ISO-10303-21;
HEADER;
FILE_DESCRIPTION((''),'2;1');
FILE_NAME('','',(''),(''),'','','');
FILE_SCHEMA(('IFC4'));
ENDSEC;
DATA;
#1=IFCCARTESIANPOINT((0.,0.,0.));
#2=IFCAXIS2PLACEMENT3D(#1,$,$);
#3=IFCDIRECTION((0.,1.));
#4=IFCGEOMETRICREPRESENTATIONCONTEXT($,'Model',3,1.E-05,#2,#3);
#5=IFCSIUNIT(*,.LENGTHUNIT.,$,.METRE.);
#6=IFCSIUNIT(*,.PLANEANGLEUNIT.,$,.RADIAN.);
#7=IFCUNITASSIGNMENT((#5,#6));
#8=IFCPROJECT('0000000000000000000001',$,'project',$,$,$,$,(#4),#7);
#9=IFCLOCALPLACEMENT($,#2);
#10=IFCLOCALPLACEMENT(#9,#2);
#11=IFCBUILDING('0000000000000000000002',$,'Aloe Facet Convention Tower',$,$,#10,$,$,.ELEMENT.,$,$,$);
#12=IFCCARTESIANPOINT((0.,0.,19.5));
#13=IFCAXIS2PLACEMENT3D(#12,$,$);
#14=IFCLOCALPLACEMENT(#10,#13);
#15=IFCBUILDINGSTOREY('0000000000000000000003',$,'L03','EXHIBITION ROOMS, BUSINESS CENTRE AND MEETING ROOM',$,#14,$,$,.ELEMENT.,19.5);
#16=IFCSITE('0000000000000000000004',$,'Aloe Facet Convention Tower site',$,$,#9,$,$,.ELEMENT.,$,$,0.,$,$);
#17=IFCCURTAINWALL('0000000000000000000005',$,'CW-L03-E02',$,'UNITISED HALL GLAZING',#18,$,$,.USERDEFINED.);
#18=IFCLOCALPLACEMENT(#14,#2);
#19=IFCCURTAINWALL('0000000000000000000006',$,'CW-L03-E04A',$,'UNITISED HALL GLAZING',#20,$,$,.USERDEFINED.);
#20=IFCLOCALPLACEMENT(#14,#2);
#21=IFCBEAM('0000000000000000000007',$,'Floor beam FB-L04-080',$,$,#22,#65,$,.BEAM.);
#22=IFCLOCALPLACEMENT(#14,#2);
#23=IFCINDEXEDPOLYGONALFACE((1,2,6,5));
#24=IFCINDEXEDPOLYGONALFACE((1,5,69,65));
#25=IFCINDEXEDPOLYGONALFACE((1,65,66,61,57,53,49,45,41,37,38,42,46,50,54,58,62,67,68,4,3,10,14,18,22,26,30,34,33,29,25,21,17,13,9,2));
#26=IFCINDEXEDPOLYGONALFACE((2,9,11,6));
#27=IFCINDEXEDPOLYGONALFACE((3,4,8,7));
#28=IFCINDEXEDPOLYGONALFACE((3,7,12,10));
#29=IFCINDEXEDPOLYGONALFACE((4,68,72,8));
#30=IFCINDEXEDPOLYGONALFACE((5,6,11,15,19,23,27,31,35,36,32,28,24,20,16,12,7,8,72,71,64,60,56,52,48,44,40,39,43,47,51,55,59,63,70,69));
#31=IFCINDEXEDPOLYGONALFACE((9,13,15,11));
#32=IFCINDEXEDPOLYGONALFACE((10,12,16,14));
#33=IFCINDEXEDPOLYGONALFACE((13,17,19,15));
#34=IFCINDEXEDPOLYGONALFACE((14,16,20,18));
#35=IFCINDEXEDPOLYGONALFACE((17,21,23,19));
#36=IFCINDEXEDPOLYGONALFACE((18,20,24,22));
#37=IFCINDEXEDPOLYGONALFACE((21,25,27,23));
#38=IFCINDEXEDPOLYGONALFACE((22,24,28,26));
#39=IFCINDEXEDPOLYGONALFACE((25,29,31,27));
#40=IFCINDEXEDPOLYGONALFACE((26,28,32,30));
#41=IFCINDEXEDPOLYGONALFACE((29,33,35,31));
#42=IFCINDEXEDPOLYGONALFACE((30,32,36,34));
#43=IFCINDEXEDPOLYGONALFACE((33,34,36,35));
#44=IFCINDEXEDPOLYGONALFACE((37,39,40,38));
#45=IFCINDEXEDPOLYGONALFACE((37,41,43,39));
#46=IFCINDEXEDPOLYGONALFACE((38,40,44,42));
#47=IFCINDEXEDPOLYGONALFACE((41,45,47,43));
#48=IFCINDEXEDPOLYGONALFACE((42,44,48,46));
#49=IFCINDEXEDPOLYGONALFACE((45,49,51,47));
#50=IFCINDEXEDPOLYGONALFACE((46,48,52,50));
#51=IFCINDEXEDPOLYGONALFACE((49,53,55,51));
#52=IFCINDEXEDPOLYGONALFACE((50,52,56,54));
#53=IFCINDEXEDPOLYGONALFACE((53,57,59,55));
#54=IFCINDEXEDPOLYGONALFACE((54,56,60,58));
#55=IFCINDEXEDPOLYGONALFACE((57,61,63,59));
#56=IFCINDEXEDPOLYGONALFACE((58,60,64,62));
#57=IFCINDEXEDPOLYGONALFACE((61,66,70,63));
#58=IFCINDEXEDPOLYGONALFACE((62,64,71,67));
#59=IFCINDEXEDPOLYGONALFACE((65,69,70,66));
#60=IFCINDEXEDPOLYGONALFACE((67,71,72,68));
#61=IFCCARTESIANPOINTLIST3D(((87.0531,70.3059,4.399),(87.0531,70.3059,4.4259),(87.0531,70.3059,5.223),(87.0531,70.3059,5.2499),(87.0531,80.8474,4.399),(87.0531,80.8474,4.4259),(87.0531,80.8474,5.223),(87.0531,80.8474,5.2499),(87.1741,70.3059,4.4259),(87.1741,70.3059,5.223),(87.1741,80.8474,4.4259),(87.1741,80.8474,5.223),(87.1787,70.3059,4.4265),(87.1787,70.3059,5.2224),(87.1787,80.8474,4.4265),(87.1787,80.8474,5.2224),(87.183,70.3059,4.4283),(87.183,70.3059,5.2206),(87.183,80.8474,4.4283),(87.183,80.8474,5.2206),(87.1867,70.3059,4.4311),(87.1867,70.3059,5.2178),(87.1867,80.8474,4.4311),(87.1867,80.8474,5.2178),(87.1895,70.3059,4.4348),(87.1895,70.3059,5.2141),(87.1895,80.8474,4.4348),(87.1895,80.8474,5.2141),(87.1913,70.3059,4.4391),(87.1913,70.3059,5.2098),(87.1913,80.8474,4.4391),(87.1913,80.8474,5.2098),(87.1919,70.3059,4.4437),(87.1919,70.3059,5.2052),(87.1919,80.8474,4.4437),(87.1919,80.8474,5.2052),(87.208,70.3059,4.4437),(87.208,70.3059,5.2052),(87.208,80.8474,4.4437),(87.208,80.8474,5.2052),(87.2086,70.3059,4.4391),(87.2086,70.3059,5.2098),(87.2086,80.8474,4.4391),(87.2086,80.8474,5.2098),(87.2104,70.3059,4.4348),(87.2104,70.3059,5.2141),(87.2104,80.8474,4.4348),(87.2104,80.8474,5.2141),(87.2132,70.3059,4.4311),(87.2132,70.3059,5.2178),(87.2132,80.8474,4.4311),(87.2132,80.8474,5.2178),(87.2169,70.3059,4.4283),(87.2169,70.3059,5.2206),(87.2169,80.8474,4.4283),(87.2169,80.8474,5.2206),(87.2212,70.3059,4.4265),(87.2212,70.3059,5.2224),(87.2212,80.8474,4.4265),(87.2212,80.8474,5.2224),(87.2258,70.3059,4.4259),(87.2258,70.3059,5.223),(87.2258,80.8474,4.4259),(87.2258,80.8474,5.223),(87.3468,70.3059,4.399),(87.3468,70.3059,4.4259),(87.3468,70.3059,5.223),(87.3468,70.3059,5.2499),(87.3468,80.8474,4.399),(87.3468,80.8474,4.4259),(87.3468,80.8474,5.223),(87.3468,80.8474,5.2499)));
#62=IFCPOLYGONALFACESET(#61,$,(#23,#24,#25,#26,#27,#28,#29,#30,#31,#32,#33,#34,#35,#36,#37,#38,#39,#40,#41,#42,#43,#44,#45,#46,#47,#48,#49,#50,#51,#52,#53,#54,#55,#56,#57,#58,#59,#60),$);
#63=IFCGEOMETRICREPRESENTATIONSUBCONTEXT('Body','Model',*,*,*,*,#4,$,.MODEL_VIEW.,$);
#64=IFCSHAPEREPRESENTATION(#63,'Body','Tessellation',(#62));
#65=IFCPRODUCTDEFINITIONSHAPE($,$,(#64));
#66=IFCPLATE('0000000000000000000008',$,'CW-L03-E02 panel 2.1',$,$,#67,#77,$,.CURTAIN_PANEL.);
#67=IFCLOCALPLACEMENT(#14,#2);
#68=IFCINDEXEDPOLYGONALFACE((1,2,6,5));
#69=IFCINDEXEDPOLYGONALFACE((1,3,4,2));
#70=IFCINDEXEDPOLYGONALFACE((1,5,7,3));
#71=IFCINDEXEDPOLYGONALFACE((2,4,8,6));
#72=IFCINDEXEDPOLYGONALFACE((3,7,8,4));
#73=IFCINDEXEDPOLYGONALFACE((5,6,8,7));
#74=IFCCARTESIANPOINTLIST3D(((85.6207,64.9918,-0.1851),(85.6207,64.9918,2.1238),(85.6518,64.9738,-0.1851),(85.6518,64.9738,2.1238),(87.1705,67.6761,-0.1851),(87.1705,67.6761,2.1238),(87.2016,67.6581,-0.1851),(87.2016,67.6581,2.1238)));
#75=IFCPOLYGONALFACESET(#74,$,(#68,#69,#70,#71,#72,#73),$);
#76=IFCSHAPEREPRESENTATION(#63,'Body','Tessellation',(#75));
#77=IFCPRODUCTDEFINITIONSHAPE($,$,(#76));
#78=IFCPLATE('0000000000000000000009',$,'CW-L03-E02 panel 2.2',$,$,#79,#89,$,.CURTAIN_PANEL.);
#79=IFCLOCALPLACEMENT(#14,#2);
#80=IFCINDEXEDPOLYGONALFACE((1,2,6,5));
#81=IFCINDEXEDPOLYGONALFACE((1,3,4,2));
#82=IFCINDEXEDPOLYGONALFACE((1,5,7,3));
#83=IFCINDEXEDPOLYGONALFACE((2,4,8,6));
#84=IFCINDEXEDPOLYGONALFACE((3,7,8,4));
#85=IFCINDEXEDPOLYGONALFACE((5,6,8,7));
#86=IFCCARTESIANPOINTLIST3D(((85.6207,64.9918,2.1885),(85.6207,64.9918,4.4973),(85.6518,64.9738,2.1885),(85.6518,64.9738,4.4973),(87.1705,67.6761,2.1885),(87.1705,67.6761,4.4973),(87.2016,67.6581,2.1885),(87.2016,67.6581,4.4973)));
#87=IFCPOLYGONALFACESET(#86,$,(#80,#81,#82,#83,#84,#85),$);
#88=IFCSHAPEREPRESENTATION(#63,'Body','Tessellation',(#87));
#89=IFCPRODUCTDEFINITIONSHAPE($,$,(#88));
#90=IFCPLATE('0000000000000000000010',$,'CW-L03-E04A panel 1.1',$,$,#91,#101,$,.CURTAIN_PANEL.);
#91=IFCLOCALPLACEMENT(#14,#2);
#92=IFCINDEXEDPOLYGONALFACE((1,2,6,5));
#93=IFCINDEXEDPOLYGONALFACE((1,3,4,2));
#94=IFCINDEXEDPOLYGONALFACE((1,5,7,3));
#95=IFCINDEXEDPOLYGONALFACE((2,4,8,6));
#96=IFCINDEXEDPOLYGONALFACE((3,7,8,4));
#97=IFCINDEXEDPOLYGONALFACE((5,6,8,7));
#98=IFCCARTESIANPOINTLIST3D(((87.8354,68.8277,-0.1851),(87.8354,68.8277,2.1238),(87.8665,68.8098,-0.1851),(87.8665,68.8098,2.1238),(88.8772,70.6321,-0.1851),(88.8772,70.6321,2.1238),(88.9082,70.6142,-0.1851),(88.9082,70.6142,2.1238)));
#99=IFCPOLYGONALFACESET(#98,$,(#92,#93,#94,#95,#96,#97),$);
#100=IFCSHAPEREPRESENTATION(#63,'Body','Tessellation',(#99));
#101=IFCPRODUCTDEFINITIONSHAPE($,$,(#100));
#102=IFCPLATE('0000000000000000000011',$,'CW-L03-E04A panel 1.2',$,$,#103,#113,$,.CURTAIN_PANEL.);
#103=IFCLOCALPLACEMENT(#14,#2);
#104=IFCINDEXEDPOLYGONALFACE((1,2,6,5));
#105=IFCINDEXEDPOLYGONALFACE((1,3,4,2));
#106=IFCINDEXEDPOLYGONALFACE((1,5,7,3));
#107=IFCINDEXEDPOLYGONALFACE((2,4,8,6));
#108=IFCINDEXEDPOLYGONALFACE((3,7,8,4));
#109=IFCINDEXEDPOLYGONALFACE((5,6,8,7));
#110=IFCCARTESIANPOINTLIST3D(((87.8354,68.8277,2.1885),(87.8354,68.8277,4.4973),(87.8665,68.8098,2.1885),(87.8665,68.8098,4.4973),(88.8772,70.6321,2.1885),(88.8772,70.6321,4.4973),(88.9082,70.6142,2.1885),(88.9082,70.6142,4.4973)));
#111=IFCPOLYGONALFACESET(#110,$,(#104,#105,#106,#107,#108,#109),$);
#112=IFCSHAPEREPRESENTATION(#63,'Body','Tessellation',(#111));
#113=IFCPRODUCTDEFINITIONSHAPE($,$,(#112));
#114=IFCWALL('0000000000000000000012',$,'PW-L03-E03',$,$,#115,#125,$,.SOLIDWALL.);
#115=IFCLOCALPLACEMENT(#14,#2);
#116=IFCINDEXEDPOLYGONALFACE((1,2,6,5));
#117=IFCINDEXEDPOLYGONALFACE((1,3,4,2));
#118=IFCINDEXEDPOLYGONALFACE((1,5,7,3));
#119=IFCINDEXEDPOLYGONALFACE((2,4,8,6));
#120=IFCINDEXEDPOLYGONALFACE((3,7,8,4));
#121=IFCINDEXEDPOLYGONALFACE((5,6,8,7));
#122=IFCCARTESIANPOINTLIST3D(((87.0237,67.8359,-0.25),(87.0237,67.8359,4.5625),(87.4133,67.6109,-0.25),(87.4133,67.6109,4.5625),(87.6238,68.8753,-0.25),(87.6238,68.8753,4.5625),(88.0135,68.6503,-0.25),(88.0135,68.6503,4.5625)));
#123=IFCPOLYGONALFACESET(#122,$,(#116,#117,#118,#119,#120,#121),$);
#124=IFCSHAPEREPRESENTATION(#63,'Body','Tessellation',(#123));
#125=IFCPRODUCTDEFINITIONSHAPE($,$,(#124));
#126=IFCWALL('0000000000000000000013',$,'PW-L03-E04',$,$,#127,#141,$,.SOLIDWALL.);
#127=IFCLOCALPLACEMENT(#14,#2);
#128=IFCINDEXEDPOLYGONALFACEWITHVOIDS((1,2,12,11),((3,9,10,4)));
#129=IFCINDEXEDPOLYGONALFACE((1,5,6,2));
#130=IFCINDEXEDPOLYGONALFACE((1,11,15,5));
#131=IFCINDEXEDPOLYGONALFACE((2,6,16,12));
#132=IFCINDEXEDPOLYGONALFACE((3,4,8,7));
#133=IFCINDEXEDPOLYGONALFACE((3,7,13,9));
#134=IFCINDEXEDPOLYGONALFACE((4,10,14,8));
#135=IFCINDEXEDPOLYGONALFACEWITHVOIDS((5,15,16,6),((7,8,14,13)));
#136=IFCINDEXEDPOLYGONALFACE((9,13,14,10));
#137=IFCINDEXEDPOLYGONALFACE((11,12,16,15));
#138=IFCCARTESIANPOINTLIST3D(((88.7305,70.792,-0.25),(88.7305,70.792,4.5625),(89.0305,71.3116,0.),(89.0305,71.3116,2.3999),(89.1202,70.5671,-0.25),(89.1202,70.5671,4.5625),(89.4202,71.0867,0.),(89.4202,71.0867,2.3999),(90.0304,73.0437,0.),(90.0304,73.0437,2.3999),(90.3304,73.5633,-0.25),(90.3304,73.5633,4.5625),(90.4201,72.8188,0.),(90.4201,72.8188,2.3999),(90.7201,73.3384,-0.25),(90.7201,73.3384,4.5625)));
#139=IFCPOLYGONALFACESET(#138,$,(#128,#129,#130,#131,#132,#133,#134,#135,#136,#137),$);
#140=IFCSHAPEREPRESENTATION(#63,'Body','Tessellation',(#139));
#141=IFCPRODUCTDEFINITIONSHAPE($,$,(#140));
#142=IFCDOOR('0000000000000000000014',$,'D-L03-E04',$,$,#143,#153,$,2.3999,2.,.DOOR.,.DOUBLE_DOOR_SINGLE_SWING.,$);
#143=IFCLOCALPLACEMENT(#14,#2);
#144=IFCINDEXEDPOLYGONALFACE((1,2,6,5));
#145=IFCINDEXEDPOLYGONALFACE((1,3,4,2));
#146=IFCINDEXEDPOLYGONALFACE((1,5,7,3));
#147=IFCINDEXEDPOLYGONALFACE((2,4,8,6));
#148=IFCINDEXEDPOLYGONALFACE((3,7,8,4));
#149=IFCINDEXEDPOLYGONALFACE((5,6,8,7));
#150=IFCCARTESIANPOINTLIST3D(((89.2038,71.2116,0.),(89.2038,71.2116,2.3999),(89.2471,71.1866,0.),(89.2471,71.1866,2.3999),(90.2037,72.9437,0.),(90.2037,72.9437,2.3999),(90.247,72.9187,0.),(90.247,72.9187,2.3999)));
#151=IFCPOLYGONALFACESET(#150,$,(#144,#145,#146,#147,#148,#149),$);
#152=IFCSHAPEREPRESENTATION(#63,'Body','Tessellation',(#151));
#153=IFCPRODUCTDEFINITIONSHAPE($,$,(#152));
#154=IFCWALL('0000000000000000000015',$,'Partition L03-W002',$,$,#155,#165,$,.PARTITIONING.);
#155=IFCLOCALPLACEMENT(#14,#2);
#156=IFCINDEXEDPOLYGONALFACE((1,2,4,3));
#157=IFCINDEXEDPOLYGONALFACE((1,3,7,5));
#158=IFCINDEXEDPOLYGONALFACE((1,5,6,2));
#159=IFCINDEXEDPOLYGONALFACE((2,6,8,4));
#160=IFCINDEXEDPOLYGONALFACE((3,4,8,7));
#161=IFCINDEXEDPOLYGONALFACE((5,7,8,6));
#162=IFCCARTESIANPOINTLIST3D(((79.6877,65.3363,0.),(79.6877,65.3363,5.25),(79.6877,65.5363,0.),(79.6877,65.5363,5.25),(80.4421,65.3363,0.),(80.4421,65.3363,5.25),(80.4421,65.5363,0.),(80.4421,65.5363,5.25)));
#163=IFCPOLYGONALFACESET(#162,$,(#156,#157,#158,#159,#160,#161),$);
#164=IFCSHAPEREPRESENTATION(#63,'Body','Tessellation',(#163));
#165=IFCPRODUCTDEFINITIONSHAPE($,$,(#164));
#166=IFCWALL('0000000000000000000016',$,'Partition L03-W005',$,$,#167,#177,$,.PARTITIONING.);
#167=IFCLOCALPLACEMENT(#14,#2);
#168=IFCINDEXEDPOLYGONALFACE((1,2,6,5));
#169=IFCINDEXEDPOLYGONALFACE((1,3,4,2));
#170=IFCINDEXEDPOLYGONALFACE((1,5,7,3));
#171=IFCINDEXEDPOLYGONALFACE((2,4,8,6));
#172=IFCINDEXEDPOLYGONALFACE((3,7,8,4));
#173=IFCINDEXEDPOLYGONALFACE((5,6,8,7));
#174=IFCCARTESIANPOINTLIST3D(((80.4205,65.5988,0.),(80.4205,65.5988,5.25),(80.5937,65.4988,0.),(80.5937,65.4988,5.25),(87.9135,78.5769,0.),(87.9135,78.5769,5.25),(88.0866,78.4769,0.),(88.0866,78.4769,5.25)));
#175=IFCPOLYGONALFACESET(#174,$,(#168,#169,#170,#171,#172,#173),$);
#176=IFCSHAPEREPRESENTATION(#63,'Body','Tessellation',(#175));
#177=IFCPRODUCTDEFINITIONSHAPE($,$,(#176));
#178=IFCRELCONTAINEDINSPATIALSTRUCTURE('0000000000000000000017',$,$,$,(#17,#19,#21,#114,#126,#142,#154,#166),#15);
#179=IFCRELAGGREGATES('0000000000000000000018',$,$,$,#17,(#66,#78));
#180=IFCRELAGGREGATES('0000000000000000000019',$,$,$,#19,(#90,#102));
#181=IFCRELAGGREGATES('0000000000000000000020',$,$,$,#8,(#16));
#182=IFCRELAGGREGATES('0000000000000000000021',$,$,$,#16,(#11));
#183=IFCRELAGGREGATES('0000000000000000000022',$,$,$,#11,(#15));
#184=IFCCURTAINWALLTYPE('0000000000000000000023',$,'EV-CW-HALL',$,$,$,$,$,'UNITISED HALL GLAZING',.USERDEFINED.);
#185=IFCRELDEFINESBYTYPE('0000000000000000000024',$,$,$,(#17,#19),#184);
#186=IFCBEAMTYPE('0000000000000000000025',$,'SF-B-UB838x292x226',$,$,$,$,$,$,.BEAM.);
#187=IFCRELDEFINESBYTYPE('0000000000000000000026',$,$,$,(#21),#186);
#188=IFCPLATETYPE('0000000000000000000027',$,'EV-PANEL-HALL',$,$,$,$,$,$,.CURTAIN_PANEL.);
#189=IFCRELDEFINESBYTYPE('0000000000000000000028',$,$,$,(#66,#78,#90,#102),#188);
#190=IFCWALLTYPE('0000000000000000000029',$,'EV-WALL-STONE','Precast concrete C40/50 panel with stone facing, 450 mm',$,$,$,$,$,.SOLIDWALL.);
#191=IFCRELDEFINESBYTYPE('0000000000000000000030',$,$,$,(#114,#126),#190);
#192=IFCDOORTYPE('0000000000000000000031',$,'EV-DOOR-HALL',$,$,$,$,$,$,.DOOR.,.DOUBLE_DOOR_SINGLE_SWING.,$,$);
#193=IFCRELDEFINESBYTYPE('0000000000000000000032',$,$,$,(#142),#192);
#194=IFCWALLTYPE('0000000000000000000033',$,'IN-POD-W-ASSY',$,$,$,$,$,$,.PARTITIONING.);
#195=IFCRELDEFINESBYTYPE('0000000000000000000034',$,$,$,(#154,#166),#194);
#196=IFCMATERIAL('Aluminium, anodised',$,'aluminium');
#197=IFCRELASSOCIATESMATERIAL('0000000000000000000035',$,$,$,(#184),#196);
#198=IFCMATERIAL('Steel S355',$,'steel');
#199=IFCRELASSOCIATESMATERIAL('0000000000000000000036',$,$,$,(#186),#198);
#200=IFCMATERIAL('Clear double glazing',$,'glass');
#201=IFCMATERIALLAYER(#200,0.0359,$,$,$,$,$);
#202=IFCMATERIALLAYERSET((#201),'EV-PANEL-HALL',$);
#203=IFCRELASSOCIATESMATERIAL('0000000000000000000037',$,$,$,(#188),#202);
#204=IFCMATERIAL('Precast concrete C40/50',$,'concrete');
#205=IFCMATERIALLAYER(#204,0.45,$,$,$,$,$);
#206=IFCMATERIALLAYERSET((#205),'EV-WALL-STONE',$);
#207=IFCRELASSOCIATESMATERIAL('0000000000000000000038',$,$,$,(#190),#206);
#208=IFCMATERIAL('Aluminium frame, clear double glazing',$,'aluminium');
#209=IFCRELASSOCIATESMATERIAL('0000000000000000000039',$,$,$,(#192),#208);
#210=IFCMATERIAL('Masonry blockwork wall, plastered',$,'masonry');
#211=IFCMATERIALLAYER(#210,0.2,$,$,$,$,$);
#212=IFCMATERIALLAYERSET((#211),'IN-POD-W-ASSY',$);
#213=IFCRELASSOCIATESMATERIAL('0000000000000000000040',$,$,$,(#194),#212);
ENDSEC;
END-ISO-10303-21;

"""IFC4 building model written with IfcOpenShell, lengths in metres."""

from ifc_helpers import new_model, si_unit, direction, frame, frame_2d, origin, origin_2d, place, context, subcontext, project, spatial, rectangle, i_section, extrude, material, layer, layer_set, material_profile, profile_set, type_object, element, fill, aggregate, save


model = new_model("IFC4")

# Units and contexts
model_context = context("Model", 3, precision=1e-05, world=origin(), true_north=direction((0.0, 1.0)))
body_context = subcontext(model_context, "Body", "Model", "MODEL_VIEW")
ifc_project = project(units=[si_unit("LENGTHUNIT", "METRE"), si_unit("PLANEANGLEUNIT", "RADIAN")], contexts=[model_context])

# Site, building, storey
site_placement = place(None, origin())
site = spatial("IfcSite", under=ifc_project, at=site_placement, Name="Aloe Facet Convention Tower site", CompositionType="ELEMENT", RefElevation=0.0)
building_placement = place(site_placement, origin())
building = spatial("IfcBuilding", under=site, at=building_placement, Name="Aloe Facet Convention Tower", CompositionType="ELEMENT")
storey_placement = place(building_placement, frame((0.0, 0.0, 19.5)))
storey = spatial("IfcBuildingStorey", under=building, at=storey_placement, Name="L03", Description="EXHIBITION ROOMS, BUSINESS CENTRE AND MEETING ROOM", CompositionType="ELEMENT", Elevation=19.5)

# Curtain wall
ifc_material_1 = material(Name="Aluminium, anodised", Category="aluminium")
curtain_wall_type = type_object("IfcCurtainWallType", Name="EV-CW-HALL", ElementType="UNITISED HALL GLAZING", PredefinedType="USERDEFINED", material=ifc_material_1)
curtain_wall_1_placement = place(storey_placement, origin())
curtain_wall_1 = element("IfcCurtainWall", 1, at=curtain_wall_1_placement, inside=storey, type_object=curtain_wall_type, Name="CW-L03-E02", ObjectType="UNITISED HALL GLAZING", PredefinedType="USERDEFINED")

# Curtain wall
curtain_wall_2_placement = place(storey_placement, origin())
curtain_wall_2 = element("IfcCurtainWall", 2, at=curtain_wall_2_placement, inside=storey, type_object=curtain_wall_type, Name="CW-L03-E04A", ObjectType="UNITISED HALL GLAZING", PredefinedType="USERDEFINED")

# Beam
ifc_material_2 = material(Name="Steel S355", Category="steel")
ifc_material_profile_1 = material_profile(ifc_material_2, i_section(OverallWidth=0.2937, OverallDepth=0.8508, WebThickness=0.0161, FlangeThickness=0.0269, FilletRadius=0.0178, at=origin_2d()), Name="UB 838x292x226")
ifc_profile_set_1 = profile_set([ifc_material_profile_1], Name="Steel S355")
beam_type_1 = type_object("IfcBeamType", Name="SF-B-UB838x292x226", PredefinedType="BEAM", material=ifc_profile_set_1)
beam_1_placement = place(storey_placement, frame((87.2, 70.3059, 4.8245), z_axis=(0.0, 1.0, 0.0), x_axis=(-1.0, 0.0, 0.0)))
element("IfcBeam", 3, at=beam_1_placement, inside=storey, type_object=beam_type_1, Name="Floor beam FB-L04-080", PredefinedType="BEAM", context=body_context, shape_type="SweptSolid", body=[
    extrude(i_section(OverallWidth=0.2937, OverallDepth=0.8508, WebThickness=0.0161, FlangeThickness=0.0269, FilletRadius=0.0178, at=origin_2d()), origin(), (0.0, 0.0, 1.0), 10.5415),
])

# Plates
ifc_material_3 = material(Name="Clear double glazing", Category="glass")
ifc_layer_1 = layer(ifc_material_3, 0.0359)
ifc_layer_set_1 = layer_set([ifc_layer_1], Name="EV-PANEL-HALL")
plate_type = type_object("IfcPlateType", Name="EV-PANEL-HALL", PredefinedType="CURTAIN_PANEL", material=ifc_layer_set_1)
plate_1_placement = place(storey_placement, frame((86.4111, 66.325, -0.1851), z_axis=(0.0, 0.0, 1.0), x_axis=(0.5, 0.866025, 0.0)))
plate_1 = element("IfcPlate", 4, at=plate_1_placement, type_object=plate_type, Name="CW-L03-E02 panel 2.1", PredefinedType="CURTAIN_PANEL", context=body_context, shape_type="SweptSolid", body=[
    extrude(rectangle(XDim=3.0996, YDim=0.0359, at=origin_2d()), origin(), (0.0, 0.0, 1.0), 2.3088),
])
plate_2_placement = place(storey_placement, frame((86.4111, 66.325, 2.1885), z_axis=(0.0, 0.0, 1.0), x_axis=(0.5, 0.866025, 0.0)))
plate_2 = element("IfcPlate", 5, at=plate_2_placement, type_object=plate_type, Name="CW-L03-E02 panel 2.2", PredefinedType="CURTAIN_PANEL", context=body_context, shape_type="SweptSolid", body=[
    extrude(rectangle(XDim=3.0996, YDim=0.0359, at=origin_2d()), origin(), (0.0, 0.0, 1.0), 2.3088),
])
aggregate(curtain_wall_1, [plate_1, plate_2])
plate_3_placement = place(storey_placement, frame((88.3718, 69.7209, -0.1851), z_axis=(0.0, 0.0, 1.0), x_axis=(0.5, 0.866025, 0.0)))
plate_3 = element("IfcPlate", 6, at=plate_3_placement, type_object=plate_type, Name="CW-L03-E04A panel 1.1", PredefinedType="CURTAIN_PANEL", context=body_context, shape_type="SweptSolid", body=[
    extrude(rectangle(XDim=2.0835, YDim=0.0359, at=origin_2d()), origin(), (0.0, 0.0, 1.0), 2.3088),
])
plate_4_placement = place(storey_placement, frame((88.3718, 69.7209, 2.1885), z_axis=(0.0, 0.0, 1.0), x_axis=(0.5, 0.866025, 0.0)))
plate_4 = element("IfcPlate", 7, at=plate_4_placement, type_object=plate_type, Name="CW-L03-E04A panel 1.2", PredefinedType="CURTAIN_PANEL", context=body_context, shape_type="SweptSolid", body=[
    extrude(rectangle(XDim=2.0835, YDim=0.0359, at=origin_2d()), origin(), (0.0, 0.0, 1.0), 2.3088),
])
aggregate(curtain_wall_2, [plate_3, plate_4])

# Wall
ifc_material_4 = material(Name="Precast concrete C40/50", Category="concrete")
ifc_layer_2 = layer(ifc_material_4, 0.45)
ifc_layer_set_2 = layer_set([ifc_layer_2], Name="EV-WALL-STONE")
wall_type_1 = type_object("IfcWallType", Name="EV-WALL-STONE", Description="Precast concrete C40/50 panel with stone facing, 450 mm", PredefinedType="SOLIDWALL", material=ifc_layer_set_2)
wall_1_placement = place(storey_placement, frame((87.2185, 67.7234, -0.25), z_axis=(0.0, 0.0, 1.0), x_axis=(0.500034, 0.866006, 0.0)))
element("IfcWall", 8, at=wall_1_placement, inside=storey, type_object=wall_type_1, Name="PW-L03-E03", PredefinedType="SOLIDWALL", context=body_context, shape_type="SweptSolid", body=[
    extrude(rectangle(XDim=1.2002, YDim=0.45, at=frame_2d((0.6001, 0.0))), origin(), (0.0, 0.0, 1.0), 4.8125),
])

# Wall, opening, door
wall_2_placement = place(storey_placement, frame((88.9253, 70.6794, -0.25), z_axis=(0.0, 0.0, 1.0), x_axis=(0.499971, 0.866042, 0.0)))
wall_2 = element("IfcWall", 9, at=wall_2_placement, inside=storey, type_object=wall_type_1, Name="PW-L03-E04", PredefinedType="SOLIDWALL", context=body_context, shape_type="SweptSolid", body=[
    extrude(rectangle(XDim=3.2, YDim=0.45, at=frame_2d((1.6001, 0.0))), origin(), (0.0, 0.0, 1.0), 4.8125),
])
opening_placement = place(wall_2_placement, frame((0.6001, 0.0, 0.25)))
opening = element("IfcOpeningElement", 10, at=opening_placement, cuts=wall_2, PredefinedType="OPENING", context=body_context, shape_type="SweptSolid", body=[
    extrude(rectangle(XDim=2.0, YDim=2.3999, at=frame_2d((1.0, 1.2))), frame((0.0, 0.2349, 0.0), z_axis=(0.0, -1.0, 0.0), x_axis=(1.0, 0.0, 0.0)), (0.0, 0.0, 1.0), 0.47),
])
ifc_material_5 = material(Name="Aluminium frame, clear double glazing", Category="aluminium")
door_type = type_object("IfcDoorType", Name="EV-DOOR-HALL", OperationType="DOUBLE_DOOR_SINGLE_SWING", PredefinedType="DOOR", material=ifc_material_5)
door_placement = place(opening_placement, origin())
door = element("IfcDoor", 11, at=door_placement, inside=storey, type_object=door_type, Name="D-L03-E04", OperationType="DOUBLE_DOOR_SINGLE_SWING", OverallHeight=2.3999, OverallWidth=2.0, PredefinedType="DOOR", context=body_context, shape_type="SweptSolid", body=[
    extrude(rectangle(XDim=2.0, YDim=2.3999, at=frame_2d((1.0, 1.2))), frame((0.0, 0.0249, 0.0), z_axis=(0.0, -1.0, 0.0), x_axis=(1.0, 0.0, 0.0)), (0.0, 0.0, 1.0), 0.05),
])
fill(opening, door)

# Walls
ifc_material_6 = material(Name="Masonry blockwork wall, plastered", Category="masonry")
ifc_layer_3 = layer(ifc_material_6, 0.2)
ifc_layer_set_3 = layer_set([ifc_layer_3], Name="IN-POD-W-ASSY")
wall_type_2 = type_object("IfcWallType", Name="IN-POD-W-ASSY", PredefinedType="PARTITIONING", material=ifc_layer_set_3)
wall_3_placement = place(storey_placement, frame((79.6877, 65.4363, 0.0), z_axis=(0.0, 0.0, 1.0), x_axis=(1.0, 0.0, 0.0)))
element("IfcWall", 12, at=wall_3_placement, inside=storey, type_object=wall_type_2, Name="Partition L03-W002", PredefinedType="PARTITIONING", context=body_context, shape_type="SweptSolid", body=[
    extrude(rectangle(XDim=0.7544, YDim=0.2, at=frame_2d((0.3772, 0.0))), origin(), (0.0, 0.0, 1.0), 5.25),
])
wall_4_placement = place(storey_placement, frame((80.5071, 65.5488, 0.0), z_axis=(0.0, 0.0, 1.0), x_axis=(0.500003, 0.866024, 0.0)))
element("IfcWall", 13, at=wall_4_placement, inside=storey, type_object=wall_type_2, Name="Partition L03-W005", PredefinedType="PARTITIONING", context=body_context, shape_type="SweptSolid", body=[
    extrude(rectangle(XDim=14.9858, YDim=0.2, at=frame_2d((7.4929, 0.0))), origin(), (0.0, 0.0, 1.0), 5.25),
])

save(model, "model.ifc")
